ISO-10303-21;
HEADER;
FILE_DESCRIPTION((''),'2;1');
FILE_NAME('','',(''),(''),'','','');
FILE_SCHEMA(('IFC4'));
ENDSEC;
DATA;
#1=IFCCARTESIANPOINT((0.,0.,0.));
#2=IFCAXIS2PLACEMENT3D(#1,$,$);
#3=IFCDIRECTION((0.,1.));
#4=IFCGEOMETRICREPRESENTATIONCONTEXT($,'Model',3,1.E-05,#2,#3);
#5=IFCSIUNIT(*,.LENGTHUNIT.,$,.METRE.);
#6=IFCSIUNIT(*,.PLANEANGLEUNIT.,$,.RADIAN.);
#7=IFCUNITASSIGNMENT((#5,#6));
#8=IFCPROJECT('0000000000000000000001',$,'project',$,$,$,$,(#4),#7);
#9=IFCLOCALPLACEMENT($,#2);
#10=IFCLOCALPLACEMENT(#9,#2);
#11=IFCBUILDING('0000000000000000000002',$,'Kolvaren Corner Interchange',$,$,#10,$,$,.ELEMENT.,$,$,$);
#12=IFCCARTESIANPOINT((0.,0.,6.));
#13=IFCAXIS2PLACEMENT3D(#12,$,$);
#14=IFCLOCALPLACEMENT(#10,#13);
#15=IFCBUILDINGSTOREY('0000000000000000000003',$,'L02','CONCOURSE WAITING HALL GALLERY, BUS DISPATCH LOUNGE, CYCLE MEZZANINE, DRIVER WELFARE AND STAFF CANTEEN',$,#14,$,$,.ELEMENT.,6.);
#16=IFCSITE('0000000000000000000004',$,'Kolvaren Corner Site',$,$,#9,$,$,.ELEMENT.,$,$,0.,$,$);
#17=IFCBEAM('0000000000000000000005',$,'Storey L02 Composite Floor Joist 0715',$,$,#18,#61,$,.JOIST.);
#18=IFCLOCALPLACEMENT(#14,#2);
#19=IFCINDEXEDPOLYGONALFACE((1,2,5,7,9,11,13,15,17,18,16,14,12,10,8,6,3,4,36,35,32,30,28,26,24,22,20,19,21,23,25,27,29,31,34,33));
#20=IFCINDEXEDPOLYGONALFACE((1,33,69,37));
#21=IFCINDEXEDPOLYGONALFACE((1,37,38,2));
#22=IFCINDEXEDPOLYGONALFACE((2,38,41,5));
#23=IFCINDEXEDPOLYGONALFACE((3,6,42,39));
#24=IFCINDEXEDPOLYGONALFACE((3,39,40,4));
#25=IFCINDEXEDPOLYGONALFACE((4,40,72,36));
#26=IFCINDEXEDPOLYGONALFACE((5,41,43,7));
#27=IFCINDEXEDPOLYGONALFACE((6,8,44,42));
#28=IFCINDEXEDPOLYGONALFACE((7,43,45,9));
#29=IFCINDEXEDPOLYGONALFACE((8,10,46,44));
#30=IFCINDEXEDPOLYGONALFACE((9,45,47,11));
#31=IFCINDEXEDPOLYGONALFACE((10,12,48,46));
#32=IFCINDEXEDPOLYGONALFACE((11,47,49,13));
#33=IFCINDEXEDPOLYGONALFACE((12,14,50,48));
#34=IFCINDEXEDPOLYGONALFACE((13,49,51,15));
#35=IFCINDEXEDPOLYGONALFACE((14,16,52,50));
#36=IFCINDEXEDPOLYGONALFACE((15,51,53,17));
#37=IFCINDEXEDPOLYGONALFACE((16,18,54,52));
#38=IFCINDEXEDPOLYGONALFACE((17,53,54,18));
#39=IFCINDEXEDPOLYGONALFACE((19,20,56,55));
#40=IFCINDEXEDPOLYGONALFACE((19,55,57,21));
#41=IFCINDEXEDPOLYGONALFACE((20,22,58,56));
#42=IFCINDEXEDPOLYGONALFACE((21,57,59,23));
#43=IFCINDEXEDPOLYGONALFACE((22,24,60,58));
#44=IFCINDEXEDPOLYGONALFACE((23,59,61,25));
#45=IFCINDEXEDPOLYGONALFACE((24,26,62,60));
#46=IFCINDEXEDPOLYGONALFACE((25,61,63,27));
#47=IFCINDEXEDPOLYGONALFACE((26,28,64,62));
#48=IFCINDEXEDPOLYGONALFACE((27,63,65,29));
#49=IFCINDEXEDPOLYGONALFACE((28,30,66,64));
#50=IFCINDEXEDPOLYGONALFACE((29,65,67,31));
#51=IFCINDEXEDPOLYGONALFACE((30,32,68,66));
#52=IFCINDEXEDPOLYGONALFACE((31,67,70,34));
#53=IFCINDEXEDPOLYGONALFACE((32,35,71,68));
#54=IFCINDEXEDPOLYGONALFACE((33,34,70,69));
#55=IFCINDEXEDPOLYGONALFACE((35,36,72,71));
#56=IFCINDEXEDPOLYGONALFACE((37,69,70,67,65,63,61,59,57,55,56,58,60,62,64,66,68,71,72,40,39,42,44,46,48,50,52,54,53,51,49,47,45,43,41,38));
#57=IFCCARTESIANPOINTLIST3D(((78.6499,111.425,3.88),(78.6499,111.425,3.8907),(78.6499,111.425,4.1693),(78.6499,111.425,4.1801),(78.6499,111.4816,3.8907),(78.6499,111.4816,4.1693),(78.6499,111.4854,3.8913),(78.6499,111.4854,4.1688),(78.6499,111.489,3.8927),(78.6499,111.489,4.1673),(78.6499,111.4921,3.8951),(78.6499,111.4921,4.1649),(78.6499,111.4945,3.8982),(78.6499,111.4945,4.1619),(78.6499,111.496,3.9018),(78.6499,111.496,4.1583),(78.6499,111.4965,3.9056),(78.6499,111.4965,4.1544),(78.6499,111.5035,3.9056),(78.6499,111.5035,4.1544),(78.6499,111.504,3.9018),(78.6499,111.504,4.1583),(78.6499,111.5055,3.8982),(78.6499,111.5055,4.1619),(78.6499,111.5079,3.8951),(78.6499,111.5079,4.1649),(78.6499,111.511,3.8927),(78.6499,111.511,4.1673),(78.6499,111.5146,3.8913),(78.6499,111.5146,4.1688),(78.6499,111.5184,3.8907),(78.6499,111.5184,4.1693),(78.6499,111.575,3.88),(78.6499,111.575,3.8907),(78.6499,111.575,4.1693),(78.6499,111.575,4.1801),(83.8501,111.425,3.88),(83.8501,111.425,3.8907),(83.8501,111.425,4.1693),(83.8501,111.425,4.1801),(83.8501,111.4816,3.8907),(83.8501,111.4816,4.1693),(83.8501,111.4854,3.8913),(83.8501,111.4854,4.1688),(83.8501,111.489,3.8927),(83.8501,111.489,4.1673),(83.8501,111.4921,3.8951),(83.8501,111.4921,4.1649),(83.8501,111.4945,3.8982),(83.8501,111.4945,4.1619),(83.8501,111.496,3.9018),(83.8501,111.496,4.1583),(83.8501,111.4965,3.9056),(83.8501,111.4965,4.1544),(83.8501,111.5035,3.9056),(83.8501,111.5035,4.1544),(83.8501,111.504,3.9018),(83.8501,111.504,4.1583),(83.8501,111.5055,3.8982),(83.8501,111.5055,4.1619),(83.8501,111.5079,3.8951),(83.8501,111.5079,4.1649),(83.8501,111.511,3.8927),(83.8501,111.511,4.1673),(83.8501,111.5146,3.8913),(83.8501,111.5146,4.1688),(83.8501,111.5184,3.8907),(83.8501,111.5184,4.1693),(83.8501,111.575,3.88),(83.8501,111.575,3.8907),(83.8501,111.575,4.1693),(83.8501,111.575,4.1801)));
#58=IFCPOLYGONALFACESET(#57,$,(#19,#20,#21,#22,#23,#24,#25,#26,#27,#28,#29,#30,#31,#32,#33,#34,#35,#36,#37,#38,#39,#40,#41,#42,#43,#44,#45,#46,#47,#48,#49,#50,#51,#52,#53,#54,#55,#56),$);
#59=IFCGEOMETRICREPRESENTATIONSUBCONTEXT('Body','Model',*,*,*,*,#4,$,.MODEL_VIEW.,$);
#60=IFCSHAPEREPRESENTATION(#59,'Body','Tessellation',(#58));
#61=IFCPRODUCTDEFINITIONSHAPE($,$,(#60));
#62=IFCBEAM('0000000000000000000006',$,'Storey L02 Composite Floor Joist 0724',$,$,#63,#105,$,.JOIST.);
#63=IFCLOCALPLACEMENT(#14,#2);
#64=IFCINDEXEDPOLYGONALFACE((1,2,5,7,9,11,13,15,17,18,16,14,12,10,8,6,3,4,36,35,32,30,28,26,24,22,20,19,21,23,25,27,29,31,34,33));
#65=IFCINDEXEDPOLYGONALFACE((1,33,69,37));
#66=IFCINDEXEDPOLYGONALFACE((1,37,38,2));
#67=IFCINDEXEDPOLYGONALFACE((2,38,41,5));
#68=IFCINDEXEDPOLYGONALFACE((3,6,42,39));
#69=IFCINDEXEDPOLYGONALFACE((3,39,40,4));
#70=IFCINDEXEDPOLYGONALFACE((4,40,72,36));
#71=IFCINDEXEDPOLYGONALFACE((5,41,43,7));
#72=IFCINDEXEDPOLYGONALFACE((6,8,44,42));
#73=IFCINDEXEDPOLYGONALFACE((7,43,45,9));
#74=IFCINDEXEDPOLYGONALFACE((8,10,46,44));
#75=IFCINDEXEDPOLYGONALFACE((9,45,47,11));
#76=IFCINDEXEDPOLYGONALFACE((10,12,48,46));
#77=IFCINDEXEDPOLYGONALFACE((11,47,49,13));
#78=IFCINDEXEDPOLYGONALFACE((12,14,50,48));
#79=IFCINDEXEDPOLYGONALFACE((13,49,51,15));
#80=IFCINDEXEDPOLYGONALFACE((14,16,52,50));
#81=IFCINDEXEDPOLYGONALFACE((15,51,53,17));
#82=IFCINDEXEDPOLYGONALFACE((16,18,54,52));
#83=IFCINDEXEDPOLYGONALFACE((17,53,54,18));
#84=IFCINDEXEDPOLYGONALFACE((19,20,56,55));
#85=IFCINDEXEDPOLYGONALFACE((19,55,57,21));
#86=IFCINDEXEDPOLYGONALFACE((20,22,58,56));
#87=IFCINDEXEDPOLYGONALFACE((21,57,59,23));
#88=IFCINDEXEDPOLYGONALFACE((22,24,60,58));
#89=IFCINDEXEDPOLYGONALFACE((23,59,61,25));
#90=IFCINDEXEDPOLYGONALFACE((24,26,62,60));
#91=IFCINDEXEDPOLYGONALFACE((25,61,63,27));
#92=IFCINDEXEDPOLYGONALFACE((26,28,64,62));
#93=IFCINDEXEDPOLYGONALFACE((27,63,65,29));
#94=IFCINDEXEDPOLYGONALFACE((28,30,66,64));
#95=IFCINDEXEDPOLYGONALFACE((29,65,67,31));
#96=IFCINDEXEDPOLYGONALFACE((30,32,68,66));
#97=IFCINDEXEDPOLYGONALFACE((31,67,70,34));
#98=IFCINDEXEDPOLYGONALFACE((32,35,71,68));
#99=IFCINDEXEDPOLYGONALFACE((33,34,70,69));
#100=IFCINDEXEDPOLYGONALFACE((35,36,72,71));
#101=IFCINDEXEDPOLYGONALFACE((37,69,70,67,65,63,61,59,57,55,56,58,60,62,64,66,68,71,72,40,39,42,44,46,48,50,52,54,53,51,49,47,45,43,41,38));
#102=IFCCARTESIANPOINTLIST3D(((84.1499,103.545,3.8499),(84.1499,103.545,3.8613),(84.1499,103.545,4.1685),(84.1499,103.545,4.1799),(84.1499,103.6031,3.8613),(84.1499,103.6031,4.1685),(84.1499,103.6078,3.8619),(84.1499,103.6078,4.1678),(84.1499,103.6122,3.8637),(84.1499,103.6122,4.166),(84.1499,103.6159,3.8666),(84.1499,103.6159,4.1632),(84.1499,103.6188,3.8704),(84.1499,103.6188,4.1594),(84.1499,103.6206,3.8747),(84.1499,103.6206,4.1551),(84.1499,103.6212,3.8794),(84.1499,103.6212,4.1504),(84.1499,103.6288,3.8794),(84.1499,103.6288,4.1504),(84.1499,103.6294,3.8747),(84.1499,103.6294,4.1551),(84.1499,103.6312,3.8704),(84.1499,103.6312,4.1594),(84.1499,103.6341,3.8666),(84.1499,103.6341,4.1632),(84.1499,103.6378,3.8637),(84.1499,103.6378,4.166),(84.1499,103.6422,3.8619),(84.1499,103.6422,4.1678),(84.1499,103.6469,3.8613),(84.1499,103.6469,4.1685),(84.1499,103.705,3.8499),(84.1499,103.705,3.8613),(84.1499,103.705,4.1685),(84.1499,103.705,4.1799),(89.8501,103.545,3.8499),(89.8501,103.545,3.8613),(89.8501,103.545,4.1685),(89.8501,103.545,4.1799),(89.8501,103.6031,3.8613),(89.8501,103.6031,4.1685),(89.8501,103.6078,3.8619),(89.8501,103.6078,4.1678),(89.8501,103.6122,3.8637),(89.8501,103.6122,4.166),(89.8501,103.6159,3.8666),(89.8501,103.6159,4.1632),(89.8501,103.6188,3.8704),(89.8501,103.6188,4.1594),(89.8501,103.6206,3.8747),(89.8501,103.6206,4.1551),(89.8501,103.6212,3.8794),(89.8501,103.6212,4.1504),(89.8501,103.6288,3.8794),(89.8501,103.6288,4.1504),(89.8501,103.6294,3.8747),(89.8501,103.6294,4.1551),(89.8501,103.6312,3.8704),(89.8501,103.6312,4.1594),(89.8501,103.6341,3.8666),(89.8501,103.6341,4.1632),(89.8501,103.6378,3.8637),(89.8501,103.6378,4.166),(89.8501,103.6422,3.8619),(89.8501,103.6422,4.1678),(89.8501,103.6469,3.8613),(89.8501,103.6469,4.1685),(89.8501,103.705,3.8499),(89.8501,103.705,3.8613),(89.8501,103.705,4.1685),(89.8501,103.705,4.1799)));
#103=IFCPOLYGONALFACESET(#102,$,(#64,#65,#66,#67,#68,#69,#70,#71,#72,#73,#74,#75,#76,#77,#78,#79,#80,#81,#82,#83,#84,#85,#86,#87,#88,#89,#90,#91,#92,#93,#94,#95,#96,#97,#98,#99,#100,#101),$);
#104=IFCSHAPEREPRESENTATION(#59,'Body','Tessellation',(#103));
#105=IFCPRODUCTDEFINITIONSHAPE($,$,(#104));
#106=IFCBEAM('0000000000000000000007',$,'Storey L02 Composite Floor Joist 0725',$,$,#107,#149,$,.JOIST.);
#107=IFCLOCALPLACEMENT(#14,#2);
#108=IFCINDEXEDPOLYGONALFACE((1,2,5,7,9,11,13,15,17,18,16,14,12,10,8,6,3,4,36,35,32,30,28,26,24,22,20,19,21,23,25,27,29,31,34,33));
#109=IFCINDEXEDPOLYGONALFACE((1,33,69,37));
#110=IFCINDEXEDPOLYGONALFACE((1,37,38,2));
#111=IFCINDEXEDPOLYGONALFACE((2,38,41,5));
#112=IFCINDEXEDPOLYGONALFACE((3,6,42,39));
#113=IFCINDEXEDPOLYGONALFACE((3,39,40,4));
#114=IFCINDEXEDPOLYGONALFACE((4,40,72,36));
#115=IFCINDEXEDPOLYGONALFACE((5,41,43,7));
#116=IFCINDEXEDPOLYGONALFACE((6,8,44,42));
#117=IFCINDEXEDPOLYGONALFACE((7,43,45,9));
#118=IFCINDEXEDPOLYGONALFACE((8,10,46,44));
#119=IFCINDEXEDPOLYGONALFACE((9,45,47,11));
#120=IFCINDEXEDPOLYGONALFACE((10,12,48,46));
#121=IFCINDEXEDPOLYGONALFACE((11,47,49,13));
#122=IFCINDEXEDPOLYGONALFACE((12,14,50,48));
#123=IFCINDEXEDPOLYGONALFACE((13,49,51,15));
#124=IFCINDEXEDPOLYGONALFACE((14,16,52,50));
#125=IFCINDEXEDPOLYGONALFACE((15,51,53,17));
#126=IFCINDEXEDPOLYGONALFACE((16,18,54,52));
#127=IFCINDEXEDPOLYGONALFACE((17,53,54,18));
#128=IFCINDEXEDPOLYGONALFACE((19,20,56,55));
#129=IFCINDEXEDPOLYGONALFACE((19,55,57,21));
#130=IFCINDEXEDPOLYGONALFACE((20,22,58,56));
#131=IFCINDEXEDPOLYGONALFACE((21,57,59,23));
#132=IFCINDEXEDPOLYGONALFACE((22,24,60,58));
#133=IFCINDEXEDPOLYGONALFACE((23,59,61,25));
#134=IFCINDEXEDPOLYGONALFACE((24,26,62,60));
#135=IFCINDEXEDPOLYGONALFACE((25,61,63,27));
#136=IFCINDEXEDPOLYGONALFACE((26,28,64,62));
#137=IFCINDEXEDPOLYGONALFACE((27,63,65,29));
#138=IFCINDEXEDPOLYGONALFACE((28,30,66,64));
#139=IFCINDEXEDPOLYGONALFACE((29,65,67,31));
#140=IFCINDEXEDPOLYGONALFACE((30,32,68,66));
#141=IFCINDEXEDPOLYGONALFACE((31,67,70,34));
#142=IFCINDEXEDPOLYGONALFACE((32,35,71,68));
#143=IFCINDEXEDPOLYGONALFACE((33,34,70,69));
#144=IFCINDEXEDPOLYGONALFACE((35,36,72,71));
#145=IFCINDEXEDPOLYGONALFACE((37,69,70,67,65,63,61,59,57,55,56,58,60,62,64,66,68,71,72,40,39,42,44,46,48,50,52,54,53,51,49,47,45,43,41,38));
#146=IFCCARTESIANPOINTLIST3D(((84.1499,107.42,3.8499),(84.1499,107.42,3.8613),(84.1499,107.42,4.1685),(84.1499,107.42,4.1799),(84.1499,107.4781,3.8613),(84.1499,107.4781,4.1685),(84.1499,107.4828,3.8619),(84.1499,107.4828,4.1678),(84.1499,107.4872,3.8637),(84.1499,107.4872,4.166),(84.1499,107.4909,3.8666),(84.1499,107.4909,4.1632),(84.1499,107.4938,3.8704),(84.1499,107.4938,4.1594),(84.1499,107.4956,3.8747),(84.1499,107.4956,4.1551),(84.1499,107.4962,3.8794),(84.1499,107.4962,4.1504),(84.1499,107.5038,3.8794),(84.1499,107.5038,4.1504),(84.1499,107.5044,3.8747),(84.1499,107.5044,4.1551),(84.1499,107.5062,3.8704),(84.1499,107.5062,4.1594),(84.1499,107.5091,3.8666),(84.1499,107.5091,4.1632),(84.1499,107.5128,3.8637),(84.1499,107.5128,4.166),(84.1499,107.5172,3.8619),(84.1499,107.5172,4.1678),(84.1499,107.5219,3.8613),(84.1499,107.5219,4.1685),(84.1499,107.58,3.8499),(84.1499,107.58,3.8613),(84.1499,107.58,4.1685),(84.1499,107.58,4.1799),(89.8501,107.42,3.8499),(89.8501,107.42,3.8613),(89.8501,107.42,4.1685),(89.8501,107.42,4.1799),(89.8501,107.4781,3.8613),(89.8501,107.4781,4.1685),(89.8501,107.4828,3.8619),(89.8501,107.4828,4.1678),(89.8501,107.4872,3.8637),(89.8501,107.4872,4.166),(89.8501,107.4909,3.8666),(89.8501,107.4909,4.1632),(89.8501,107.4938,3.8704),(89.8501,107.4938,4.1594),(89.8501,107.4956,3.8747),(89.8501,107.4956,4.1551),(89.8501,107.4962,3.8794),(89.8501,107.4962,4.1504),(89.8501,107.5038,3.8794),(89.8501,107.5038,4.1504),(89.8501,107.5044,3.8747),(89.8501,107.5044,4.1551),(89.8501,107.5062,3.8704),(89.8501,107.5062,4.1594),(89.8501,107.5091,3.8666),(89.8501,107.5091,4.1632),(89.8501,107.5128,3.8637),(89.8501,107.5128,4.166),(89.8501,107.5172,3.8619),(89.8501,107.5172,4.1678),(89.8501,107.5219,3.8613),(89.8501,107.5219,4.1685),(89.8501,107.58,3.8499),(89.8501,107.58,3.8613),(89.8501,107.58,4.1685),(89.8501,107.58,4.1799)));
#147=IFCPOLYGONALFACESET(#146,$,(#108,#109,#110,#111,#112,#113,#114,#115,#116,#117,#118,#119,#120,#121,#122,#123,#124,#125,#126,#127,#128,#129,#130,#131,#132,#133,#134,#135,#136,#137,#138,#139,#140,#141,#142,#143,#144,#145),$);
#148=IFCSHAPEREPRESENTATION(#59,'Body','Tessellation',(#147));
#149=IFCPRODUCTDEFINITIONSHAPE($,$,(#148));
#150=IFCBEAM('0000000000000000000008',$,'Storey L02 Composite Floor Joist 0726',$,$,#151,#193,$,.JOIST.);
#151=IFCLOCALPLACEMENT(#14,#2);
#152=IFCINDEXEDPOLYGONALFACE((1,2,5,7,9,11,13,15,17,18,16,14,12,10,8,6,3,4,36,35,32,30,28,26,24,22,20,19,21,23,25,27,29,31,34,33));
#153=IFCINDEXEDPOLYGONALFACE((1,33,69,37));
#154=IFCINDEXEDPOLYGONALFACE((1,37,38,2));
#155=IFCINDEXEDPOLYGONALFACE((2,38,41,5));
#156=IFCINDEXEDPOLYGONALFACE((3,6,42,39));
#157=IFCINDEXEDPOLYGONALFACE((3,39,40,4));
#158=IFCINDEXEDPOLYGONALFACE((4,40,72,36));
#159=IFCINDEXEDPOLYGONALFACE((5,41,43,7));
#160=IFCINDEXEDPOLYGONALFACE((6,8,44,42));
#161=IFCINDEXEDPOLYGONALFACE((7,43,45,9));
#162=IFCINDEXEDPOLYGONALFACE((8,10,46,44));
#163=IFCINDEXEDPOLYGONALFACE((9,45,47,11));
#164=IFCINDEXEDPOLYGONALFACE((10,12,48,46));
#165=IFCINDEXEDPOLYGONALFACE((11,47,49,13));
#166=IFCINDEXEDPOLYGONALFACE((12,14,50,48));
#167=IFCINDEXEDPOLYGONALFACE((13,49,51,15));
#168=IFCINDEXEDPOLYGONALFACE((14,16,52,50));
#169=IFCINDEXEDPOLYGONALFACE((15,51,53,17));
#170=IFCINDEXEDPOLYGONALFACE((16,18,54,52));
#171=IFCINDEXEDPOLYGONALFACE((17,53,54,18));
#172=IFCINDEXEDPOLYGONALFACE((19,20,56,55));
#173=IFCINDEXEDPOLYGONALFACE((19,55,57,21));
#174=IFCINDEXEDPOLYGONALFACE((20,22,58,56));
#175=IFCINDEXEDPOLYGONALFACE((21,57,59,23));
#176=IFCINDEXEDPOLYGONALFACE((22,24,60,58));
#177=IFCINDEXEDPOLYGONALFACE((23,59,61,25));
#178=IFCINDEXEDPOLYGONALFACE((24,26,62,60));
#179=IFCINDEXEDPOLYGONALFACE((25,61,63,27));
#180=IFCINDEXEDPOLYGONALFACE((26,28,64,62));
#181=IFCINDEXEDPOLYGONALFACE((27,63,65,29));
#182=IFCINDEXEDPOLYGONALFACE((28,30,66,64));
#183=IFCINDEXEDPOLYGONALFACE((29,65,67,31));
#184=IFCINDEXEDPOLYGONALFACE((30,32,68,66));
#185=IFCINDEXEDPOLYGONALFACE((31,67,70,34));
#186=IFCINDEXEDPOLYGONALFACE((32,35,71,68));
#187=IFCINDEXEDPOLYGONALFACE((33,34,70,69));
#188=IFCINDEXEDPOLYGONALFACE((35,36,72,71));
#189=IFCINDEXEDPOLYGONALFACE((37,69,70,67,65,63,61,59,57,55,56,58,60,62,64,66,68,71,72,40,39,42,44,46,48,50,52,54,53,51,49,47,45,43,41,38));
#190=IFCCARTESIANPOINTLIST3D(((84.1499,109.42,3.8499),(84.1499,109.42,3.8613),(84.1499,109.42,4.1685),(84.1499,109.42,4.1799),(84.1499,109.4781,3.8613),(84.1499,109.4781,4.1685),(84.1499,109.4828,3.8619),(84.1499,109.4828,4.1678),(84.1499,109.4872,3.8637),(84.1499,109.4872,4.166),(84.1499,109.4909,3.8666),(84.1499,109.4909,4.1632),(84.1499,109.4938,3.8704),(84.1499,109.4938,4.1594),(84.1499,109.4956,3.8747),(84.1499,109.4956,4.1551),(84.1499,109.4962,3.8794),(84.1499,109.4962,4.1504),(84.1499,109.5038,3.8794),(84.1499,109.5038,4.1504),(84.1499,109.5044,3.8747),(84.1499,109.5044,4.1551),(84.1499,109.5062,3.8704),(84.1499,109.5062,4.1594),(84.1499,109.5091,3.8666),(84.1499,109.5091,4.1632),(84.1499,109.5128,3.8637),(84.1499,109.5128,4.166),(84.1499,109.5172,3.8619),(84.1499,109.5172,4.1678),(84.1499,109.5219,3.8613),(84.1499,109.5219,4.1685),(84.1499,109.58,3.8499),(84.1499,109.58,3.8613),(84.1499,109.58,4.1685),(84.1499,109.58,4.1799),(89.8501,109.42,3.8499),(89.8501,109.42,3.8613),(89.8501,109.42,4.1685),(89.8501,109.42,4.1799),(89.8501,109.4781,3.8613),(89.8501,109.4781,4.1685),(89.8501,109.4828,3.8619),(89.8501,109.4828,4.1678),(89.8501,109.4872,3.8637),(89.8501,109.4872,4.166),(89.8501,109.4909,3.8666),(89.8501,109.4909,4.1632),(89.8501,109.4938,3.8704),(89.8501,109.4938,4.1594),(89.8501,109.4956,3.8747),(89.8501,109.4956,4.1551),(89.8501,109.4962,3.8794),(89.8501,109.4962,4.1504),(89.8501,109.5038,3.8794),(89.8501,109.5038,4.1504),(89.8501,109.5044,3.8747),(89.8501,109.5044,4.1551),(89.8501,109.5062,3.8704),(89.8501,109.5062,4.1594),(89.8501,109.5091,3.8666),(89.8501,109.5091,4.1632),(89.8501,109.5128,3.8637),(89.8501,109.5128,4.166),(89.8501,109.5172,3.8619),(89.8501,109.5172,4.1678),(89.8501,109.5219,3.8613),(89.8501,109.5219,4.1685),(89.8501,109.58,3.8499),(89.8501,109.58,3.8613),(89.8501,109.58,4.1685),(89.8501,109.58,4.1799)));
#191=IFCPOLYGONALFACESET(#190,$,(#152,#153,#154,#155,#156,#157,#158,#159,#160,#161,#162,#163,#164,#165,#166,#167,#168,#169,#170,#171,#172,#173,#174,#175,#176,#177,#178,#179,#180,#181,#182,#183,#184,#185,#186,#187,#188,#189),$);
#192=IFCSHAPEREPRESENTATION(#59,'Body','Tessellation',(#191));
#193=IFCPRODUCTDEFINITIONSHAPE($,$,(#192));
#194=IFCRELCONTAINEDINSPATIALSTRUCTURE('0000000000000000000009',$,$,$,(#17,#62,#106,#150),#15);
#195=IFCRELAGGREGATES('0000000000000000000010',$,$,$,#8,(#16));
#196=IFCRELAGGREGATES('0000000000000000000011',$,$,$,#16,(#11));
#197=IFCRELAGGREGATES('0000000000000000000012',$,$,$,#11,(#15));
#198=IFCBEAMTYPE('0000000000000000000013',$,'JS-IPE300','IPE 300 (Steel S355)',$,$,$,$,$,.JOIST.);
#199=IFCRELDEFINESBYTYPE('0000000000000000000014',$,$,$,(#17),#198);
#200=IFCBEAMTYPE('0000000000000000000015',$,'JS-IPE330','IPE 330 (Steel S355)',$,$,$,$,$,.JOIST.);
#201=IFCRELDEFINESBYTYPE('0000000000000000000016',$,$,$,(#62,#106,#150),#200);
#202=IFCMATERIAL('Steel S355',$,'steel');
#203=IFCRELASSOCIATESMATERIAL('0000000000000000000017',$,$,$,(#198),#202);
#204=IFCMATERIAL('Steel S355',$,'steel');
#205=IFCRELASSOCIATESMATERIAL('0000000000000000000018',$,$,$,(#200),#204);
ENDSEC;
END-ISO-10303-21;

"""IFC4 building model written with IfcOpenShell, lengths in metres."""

from ifc_helpers import new_model, si_unit, direction, frame, origin, origin_2d, place, context, subcontext, project, spatial, i_section, extrude, material, material_profile, profile_set, type_object, element, save


model = new_model("IFC4")

# Units and contexts
model_context = context("Model", 3, precision=1e-05, world=origin(), true_north=direction((0.0, 1.0)))
body_context = subcontext(model_context, "Body", "Model", "MODEL_VIEW")
ifc_project = project(units=[si_unit("LENGTHUNIT", "METRE"), si_unit("PLANEANGLEUNIT", "RADIAN")], contexts=[model_context])

# Site, building, storey
site_placement = place(None, origin())
site = spatial("IfcSite", under=ifc_project, at=site_placement, Name="Kolvaren Corner Site", CompositionType="ELEMENT", RefElevation=0.0)
building_placement = place(site_placement, origin())
building = spatial("IfcBuilding", under=site, at=building_placement, Name="Kolvaren Corner Interchange", CompositionType="ELEMENT")
storey_placement = place(building_placement, frame((0.0, 0.0, 6.0)))
storey = spatial("IfcBuildingStorey", under=building, at=storey_placement, Name="L02", Description="CONCOURSE WAITING HALL GALLERY, BUS DISPATCH LOUNGE, CYCLE MEZZANINE, DRIVER WELFARE AND STAFF CANTEEN", CompositionType="ELEMENT", Elevation=6.0)

# Beams
ifc_material_1 = material(Name="Steel S355", Category="steel")
ifc_material_profile_1 = material_profile(ifc_material_1, i_section(OverallWidth=0.1499, OverallDepth=0.3, WebThickness=0.0071, FlangeThickness=0.0107, FilletRadius=0.0149, at=origin_2d()), Name="IPE 300")
ifc_profile_set_1 = profile_set([ifc_material_profile_1], Name="Steel S355")
beam_type_1 = type_object("IfcBeamType", Name="JS-IPE300", Description="IPE 300 (Steel S355)", PredefinedType="JOIST", material=ifc_profile_set_1)
for number, where, z_axis, x_axis, name in (
    (1, (78.6499, 111.5, 4.03), (1.0, 0.0, 0.0), (0.0, 1.0, 0.0), "Storey L02 Composite Floor Joist 0715"),
):
    element("IfcBeam", number, at=place(storey_placement, frame(where, z_axis=z_axis, x_axis=x_axis)), inside=storey, type_object=beam_type_1, Name=name, PredefinedType="JOIST", context=body_context, shape_type="SweptSolid", body=[
        extrude(i_section(OverallWidth=0.1499, OverallDepth=0.3, WebThickness=0.0071, FlangeThickness=0.0107, FilletRadius=0.0149, at=origin_2d()), origin(), (0.0, 0.0, 1.0), 5.2002),
    ])
ifc_material_2 = material(Name="Steel S355", Category="steel")
ifc_material_profile_2 = material_profile(ifc_material_2, i_section(OverallWidth=0.1599, OverallDepth=0.3301, WebThickness=0.0076, FlangeThickness=0.0115, FilletRadius=0.0181, at=origin_2d()), Name="IPE 330")
ifc_profile_set_2 = profile_set([ifc_material_profile_2], Name="Steel S355")
beam_type_2 = type_object("IfcBeamType", Name="JS-IPE330", Description="IPE 330 (Steel S355)", PredefinedType="JOIST", material=ifc_profile_set_2)
for number, where, z_axis, x_axis, name in (
    (2, (84.1499, 103.625, 4.0149), (1.0, 0.0, 0.0), (0.0, 1.0, 0.0), "Storey L02 Composite Floor Joist 0724"),
    (3, (84.1499, 107.5, 4.0149), (1.0, 0.0, 0.0), (0.0, 1.0, 0.0), "Storey L02 Composite Floor Joist 0725"),
    (4, (84.1499, 109.5, 4.0149), (1.0, 0.0, 0.0), (0.0, 1.0, 0.0), "Storey L02 Composite Floor Joist 0726"),
):
    element("IfcBeam", number, at=place(storey_placement, frame(where, z_axis=z_axis, x_axis=x_axis)), inside=storey, type_object=beam_type_2, Name=name, PredefinedType="JOIST", context=body_context, shape_type="SweptSolid", body=[
        extrude(i_section(OverallWidth=0.1599, OverallDepth=0.3301, WebThickness=0.0076, FlangeThickness=0.0115, FilletRadius=0.0181, at=origin_2d()), origin(), (0.0, 0.0, 1.0), 5.7002),
    ])

save(model, "model.ifc")
